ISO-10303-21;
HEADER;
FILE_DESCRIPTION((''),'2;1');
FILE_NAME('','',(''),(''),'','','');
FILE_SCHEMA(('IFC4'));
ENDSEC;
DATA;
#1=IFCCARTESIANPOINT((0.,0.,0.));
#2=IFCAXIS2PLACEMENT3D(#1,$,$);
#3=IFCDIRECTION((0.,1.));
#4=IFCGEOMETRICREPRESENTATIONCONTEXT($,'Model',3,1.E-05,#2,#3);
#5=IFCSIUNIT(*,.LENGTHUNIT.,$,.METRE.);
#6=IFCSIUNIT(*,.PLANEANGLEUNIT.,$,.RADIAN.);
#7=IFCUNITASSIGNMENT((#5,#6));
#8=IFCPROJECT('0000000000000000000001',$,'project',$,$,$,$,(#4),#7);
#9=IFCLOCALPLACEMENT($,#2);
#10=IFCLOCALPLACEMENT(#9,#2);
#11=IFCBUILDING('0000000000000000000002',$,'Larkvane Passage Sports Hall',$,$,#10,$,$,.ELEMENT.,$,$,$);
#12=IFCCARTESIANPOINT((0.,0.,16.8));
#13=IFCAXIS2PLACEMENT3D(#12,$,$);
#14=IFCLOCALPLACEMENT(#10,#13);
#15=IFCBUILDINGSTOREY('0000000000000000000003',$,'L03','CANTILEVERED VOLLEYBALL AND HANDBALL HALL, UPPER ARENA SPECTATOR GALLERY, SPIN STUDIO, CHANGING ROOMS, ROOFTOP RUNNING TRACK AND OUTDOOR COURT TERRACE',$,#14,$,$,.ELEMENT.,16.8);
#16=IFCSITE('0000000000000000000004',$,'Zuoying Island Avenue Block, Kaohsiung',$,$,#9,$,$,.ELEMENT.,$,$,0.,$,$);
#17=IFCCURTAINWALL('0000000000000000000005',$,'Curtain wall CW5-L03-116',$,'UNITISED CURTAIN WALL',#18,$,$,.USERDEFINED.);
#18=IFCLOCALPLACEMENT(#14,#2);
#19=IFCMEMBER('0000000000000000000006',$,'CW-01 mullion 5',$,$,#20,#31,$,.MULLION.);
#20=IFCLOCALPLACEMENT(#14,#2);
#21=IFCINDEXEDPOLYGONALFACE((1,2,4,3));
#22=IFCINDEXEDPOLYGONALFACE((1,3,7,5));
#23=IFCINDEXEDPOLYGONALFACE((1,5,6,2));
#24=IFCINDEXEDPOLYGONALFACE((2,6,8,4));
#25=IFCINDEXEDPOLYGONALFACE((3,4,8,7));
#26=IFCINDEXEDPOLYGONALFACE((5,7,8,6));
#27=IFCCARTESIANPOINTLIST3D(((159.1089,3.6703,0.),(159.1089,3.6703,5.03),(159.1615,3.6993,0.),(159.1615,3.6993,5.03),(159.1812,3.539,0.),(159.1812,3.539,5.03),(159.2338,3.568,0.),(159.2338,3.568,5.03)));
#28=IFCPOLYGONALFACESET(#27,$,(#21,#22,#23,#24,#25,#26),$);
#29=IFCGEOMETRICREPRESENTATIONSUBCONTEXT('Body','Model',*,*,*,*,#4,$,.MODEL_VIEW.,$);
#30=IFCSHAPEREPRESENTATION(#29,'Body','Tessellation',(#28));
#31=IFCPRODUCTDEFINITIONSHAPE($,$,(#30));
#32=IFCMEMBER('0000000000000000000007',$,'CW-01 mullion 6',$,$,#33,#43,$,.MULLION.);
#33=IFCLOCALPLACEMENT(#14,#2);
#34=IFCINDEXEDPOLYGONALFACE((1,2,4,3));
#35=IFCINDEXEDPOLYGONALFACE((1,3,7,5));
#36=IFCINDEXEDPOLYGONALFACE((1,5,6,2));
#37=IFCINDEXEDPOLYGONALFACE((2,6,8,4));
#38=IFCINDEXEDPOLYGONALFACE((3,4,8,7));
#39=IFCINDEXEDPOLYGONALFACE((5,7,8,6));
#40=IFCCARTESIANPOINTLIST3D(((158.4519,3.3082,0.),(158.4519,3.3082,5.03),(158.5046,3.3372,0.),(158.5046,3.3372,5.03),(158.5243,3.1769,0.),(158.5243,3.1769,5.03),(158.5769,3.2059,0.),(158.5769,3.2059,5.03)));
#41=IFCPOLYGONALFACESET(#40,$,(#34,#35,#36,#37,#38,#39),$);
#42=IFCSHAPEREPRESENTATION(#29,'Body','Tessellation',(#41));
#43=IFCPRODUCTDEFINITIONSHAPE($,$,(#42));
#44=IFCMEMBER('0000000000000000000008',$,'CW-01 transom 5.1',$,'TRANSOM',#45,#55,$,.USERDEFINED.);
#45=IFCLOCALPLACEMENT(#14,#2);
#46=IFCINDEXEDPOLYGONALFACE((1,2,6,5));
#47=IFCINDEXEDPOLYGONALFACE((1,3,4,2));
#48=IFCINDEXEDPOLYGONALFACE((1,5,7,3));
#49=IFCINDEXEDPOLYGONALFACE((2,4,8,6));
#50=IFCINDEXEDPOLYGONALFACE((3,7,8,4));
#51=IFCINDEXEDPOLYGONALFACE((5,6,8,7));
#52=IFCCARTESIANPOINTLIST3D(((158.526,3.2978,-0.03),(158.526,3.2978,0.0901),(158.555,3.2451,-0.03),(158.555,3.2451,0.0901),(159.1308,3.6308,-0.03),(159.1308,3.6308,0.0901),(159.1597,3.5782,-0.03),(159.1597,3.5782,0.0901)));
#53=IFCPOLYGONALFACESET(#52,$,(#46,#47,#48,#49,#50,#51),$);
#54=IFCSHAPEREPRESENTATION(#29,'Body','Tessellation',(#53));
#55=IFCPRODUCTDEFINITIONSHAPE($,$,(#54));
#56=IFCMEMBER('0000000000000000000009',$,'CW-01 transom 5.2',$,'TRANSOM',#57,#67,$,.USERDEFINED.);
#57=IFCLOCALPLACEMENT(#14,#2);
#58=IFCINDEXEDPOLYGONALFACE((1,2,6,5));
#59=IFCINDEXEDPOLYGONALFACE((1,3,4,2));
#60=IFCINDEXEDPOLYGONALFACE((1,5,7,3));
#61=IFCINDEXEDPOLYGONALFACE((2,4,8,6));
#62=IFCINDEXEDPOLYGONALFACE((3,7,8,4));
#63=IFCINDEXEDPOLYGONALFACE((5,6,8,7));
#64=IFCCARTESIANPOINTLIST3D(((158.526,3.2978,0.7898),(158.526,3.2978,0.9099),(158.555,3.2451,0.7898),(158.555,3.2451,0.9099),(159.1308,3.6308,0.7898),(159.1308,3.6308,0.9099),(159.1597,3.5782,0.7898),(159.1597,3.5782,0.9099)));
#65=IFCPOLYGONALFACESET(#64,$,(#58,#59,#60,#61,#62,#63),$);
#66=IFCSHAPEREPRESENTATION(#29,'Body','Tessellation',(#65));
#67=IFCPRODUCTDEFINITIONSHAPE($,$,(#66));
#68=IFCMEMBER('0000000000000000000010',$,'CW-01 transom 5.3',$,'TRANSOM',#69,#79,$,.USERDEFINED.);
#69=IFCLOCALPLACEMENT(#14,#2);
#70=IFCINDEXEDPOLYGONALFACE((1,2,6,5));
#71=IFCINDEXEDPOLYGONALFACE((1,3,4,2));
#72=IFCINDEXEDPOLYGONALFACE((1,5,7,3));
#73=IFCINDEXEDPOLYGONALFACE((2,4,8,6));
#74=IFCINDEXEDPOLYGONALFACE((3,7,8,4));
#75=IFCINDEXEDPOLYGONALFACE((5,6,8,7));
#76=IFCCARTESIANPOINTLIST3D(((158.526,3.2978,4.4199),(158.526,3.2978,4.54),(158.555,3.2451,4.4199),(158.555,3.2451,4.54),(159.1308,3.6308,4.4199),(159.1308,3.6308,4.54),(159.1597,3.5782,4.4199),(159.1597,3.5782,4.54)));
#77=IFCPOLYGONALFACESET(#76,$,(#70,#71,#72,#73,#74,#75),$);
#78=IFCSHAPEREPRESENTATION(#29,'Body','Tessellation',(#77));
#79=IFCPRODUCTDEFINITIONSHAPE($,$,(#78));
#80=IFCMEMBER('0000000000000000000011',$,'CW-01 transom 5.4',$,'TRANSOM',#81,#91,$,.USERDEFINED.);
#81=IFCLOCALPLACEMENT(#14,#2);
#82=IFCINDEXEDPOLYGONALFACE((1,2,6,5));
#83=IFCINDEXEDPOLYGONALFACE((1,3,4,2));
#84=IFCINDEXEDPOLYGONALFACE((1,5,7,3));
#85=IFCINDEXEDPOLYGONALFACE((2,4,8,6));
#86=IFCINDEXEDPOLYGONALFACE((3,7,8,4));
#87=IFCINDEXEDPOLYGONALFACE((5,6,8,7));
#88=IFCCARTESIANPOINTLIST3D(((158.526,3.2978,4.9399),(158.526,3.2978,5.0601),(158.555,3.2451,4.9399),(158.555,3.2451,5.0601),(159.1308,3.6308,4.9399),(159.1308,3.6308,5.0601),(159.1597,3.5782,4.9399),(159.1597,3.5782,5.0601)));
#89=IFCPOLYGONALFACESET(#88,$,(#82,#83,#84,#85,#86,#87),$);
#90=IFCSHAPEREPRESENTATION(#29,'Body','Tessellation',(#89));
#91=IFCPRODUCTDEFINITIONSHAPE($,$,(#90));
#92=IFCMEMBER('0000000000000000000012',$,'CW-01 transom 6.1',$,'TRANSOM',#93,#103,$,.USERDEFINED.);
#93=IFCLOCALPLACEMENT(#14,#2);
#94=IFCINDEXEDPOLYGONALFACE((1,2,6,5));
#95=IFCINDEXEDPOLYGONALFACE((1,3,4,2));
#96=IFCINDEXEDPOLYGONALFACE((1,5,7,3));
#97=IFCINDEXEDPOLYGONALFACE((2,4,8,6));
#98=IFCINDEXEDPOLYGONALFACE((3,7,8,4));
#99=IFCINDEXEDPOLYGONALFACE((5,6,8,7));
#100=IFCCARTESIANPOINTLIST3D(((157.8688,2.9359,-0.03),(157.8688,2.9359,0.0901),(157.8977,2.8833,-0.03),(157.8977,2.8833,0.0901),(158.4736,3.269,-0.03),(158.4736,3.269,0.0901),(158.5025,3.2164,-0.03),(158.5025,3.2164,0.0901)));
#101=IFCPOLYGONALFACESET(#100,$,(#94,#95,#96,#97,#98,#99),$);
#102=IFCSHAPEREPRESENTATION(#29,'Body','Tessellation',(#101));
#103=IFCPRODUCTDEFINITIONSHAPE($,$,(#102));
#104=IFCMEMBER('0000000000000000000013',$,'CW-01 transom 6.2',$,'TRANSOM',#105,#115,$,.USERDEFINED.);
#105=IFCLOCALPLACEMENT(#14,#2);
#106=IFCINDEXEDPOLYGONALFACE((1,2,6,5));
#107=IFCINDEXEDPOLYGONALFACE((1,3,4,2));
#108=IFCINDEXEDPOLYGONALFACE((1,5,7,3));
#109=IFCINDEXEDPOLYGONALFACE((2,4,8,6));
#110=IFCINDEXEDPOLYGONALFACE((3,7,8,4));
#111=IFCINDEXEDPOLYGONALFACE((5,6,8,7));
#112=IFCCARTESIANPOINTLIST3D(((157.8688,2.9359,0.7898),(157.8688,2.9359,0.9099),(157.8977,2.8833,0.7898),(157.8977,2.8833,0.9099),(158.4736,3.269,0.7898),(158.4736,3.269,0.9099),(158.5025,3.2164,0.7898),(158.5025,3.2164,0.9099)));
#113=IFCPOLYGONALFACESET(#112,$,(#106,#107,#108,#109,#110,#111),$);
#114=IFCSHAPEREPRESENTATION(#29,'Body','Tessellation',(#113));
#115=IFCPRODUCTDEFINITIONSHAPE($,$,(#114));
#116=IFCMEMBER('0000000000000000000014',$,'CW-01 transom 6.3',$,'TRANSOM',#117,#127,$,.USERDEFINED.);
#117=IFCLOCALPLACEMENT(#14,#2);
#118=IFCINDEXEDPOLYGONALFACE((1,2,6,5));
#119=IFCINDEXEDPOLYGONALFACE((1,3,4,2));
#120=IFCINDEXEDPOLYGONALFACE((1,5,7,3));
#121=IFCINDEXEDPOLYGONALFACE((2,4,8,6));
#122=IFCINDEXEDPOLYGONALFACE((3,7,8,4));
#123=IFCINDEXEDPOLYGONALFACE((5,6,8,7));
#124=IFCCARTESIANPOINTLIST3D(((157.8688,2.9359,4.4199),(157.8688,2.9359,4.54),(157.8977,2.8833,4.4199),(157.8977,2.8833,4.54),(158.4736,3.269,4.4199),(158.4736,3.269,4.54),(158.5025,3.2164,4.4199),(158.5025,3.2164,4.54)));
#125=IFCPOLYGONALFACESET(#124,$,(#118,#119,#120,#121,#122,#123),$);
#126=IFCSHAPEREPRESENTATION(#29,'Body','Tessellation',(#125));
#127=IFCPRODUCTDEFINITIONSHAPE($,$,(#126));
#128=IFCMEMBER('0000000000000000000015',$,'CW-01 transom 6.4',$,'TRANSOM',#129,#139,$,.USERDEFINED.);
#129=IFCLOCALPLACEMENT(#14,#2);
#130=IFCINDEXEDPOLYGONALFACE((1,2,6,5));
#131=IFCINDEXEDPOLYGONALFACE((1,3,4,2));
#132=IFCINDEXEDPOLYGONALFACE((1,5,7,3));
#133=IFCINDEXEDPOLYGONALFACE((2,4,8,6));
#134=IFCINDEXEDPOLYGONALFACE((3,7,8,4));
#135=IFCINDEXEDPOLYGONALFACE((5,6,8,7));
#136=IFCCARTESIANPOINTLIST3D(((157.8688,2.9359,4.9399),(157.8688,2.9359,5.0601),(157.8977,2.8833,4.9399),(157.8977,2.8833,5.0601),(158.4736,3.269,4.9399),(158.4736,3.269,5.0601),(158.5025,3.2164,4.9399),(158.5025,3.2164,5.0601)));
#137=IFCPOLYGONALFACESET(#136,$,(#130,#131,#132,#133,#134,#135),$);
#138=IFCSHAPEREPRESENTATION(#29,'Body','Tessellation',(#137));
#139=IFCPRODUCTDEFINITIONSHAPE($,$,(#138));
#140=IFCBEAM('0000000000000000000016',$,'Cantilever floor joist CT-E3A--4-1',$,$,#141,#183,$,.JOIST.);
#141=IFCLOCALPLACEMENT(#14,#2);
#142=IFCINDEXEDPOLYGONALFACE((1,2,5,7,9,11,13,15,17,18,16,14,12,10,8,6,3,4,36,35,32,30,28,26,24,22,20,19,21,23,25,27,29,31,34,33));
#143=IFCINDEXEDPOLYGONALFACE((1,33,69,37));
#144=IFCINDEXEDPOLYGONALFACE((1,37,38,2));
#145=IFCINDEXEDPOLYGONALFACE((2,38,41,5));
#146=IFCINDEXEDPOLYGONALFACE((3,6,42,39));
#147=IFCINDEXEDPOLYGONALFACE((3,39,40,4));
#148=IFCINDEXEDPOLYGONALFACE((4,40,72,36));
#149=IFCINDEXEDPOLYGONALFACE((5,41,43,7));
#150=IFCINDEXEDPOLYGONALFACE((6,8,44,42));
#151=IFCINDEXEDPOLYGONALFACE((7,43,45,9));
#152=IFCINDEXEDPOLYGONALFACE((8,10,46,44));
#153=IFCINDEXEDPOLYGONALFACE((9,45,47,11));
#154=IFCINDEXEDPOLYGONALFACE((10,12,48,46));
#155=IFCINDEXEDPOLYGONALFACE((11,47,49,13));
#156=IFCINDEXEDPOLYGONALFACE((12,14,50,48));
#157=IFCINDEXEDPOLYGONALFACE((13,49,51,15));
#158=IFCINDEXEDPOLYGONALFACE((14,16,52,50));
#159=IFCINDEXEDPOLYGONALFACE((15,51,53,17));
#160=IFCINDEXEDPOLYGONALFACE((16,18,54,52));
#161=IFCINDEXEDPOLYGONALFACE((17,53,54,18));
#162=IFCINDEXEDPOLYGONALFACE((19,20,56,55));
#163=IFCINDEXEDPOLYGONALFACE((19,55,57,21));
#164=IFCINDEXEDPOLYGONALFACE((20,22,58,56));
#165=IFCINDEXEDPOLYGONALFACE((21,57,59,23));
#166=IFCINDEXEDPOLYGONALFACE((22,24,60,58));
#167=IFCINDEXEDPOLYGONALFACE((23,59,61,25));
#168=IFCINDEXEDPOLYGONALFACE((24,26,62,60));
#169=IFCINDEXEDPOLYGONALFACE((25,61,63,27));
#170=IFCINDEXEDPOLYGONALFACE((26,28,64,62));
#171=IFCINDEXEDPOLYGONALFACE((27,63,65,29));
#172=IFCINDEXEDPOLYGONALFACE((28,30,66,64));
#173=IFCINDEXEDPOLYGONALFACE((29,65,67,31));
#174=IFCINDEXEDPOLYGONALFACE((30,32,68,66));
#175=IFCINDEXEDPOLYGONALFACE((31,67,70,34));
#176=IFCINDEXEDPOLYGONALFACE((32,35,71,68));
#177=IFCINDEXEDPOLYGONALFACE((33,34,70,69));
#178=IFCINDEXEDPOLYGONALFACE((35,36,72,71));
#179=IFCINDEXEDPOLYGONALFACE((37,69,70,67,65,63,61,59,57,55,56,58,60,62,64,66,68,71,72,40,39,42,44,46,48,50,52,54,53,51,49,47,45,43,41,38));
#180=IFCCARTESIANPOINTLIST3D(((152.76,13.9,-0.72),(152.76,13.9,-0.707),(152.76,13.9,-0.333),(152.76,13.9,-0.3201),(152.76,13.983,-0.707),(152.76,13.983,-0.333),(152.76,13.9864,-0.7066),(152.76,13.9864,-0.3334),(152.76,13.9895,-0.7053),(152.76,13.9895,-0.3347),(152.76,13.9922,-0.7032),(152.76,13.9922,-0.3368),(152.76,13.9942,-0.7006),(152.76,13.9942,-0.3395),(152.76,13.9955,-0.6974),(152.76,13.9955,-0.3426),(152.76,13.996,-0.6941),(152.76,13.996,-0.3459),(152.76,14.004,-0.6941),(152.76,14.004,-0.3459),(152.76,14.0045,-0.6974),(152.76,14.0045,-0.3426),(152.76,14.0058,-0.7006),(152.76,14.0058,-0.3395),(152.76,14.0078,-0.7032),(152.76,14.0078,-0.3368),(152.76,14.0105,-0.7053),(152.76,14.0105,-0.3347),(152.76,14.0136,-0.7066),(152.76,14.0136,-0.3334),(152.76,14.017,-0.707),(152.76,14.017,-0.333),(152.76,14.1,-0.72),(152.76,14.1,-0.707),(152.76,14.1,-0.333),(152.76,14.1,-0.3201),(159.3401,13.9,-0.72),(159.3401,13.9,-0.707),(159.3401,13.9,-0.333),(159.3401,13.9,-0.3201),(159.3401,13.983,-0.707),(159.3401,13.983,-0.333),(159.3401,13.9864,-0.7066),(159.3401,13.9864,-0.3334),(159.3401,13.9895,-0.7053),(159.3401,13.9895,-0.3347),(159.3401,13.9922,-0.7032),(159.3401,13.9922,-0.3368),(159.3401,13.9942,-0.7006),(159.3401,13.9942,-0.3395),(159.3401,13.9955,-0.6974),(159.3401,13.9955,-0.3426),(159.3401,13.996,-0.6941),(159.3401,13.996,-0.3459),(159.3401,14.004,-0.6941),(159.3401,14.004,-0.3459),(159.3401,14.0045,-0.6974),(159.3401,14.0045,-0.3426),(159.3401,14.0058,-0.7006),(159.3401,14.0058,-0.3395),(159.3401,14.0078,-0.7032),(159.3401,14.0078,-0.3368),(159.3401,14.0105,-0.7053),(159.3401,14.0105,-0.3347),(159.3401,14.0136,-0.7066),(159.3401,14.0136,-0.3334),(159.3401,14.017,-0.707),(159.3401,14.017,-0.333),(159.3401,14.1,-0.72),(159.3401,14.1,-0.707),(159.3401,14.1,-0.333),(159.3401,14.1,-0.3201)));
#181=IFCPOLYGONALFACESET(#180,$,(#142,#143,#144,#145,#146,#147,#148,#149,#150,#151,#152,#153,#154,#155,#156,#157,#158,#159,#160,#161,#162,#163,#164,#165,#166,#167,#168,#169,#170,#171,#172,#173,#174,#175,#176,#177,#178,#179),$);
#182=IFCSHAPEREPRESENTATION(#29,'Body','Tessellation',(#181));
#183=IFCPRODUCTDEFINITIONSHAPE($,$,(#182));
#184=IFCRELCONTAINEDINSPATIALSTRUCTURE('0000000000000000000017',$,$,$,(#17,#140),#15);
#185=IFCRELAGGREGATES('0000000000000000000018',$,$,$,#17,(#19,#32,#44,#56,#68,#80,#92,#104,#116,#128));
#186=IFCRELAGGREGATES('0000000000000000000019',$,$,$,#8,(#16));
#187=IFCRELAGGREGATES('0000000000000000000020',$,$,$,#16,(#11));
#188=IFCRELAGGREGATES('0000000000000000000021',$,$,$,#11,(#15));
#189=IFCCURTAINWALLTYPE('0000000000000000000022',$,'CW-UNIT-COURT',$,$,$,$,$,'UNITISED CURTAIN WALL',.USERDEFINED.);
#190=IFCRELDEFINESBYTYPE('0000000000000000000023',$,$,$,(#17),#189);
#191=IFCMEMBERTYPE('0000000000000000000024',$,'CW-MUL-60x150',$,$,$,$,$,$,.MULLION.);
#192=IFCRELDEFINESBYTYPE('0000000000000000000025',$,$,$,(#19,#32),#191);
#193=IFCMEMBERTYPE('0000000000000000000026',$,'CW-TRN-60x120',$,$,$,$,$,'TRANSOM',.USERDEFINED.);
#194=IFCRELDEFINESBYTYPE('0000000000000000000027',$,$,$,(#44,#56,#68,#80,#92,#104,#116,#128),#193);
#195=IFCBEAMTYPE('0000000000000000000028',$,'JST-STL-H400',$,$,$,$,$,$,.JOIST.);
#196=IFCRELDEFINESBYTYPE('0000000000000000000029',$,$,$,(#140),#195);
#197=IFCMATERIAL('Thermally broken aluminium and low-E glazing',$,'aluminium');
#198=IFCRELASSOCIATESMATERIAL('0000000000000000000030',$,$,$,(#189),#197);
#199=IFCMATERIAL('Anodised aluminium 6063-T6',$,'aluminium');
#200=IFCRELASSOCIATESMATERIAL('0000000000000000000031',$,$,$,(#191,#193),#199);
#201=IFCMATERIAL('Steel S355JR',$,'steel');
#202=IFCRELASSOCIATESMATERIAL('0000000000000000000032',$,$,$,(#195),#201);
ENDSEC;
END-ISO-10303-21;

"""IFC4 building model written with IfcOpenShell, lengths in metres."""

from ifc_helpers import new_model, si_unit, direction, frame, origin, origin_2d, place, context, subcontext, project, spatial, rectangle, i_section, extrude, material, material_profile, profile_set, type_object, element, aggregate, save


model = new_model("IFC4")

# Units and contexts
model_context = context("Model", 3, precision=1e-05, world=origin(), true_north=direction((0.0, 1.0)))
body_context = subcontext(model_context, "Body", "Model", "MODEL_VIEW")
ifc_project = project(units=[si_unit("LENGTHUNIT", "METRE"), si_unit("PLANEANGLEUNIT", "RADIAN")], contexts=[model_context])

# Site, building, storey
site_placement = place(None, origin())
site = spatial("IfcSite", under=ifc_project, at=site_placement, Name="Zuoying Island Avenue Block, Kaohsiung", CompositionType="ELEMENT", RefElevation=0.0)
building_placement = place(site_placement, origin())
building = spatial("IfcBuilding", under=site, at=building_placement, Name="Larkvane Passage Sports Hall", CompositionType="ELEMENT")
storey_placement = place(building_placement, frame((0.0, 0.0, 16.8)))
storey = spatial("IfcBuildingStorey", under=building, at=storey_placement, Name="L03", Description="CANTILEVERED VOLLEYBALL AND HANDBALL HALL, UPPER ARENA SPECTATOR GALLERY, SPIN STUDIO, CHANGING ROOMS, ROOFTOP RUNNING TRACK AND OUTDOOR COURT TERRACE", CompositionType="ELEMENT", Elevation=16.8)

# Curtain wall, members
ifc_material_1 = material(Name="Thermally broken aluminium and low-E glazing", Category="aluminium")
curtain_wall_type = type_object("IfcCurtainWallType", Name="CW-UNIT-COURT", ElementType="UNITISED CURTAIN WALL", PredefinedType="USERDEFINED", material=ifc_material_1)
curtain_wall_placement = place(storey_placement, origin())
curtain_wall = element("IfcCurtainWall", 1, at=curtain_wall_placement, inside=storey, type_object=curtain_wall_type, Name="Curtain wall CW5-L03-116", ObjectType="UNITISED CURTAIN WALL", PredefinedType="USERDEFINED")
ifc_material_2 = material(Name="Anodised aluminium 6063-T6", Category="aluminium")
ifc_material_profile_1 = material_profile(ifc_material_2, rectangle(XDim=0.0601, YDim=0.1499, at=origin_2d()), Name="ALU-MUL-60x150")
ifc_profile_set_1 = profile_set([ifc_material_profile_1], Name="Anodised aluminium 6063-T6")
member_type_1 = type_object("IfcMemberType", Name="CW-MUL-60x150", PredefinedType="MULLION", material=ifc_profile_set_1)
member_1_placement = place(storey_placement, frame((159.1714, 3.6191, 0.0), z_axis=(0.0, 0.0, 1.0), x_axis=(-0.875942, -0.482416, 0.0)))
member_1 = element("IfcMember", 2, at=member_1_placement, type_object=member_type_1, Name="CW-01 mullion 5", PredefinedType="MULLION", context=body_context, shape_type="SweptSolid", body=[
    extrude(rectangle(XDim=0.0601, YDim=0.1499, at=origin_2d()), origin(), (0.0, 0.0, 1.0), 5.03),
])
member_2_placement = place(storey_placement, frame((158.5144, 3.2571, 0.0), z_axis=(0.0, 0.0, 1.0), x_axis=(-0.875942, -0.482416, 0.0)))
member_2 = element("IfcMember", 3, at=member_2_placement, type_object=member_type_1, Name="CW-01 mullion 6", PredefinedType="MULLION", context=body_context, shape_type="SweptSolid", body=[
    extrude(rectangle(XDim=0.0601, YDim=0.1499, at=origin_2d()), origin(), (0.0, 0.0, 1.0), 5.03),
])
ifc_material_profile_2 = material_profile(ifc_material_2, rectangle(XDim=0.0601, YDim=0.1201, at=origin_2d()), Name="ALU-TRN-60x120")
ifc_profile_set_2 = profile_set([ifc_material_profile_2], Name="Anodised aluminium 6063-T6")
member_type_2 = type_object("IfcMemberType", Name="CW-TRN-60x120", ElementType="TRANSOM", PredefinedType="USERDEFINED", material=ifc_profile_set_2)
member_3_placement = place(storey_placement, frame((159.1453, 3.6045, 0.03), z_axis=(-0.875969, -0.482367, 0.0), x_axis=(0.482367, -0.875969, 0.0)))
member_3 = element("IfcMember", 4, at=member_3_placement, type_object=member_type_2, Name="CW-01 transom 5.1", ObjectType="TRANSOM", PredefinedType="USERDEFINED", context=body_context, shape_type="SweptSolid", body=[
    extrude(rectangle(XDim=0.0601, YDim=0.1201, at=origin_2d()), origin(), (0.0, 0.0, 1.0), 0.6904),
])
member_4_placement = place(storey_placement, frame((159.1453, 3.6045, 0.8499), z_axis=(-0.875969, -0.482367, 0.0), x_axis=(0.482367, -0.875969, 0.0)))
member_4 = element("IfcMember", 5, at=member_4_placement, type_object=member_type_2, Name="CW-01 transom 5.2", ObjectType="TRANSOM", PredefinedType="USERDEFINED", context=body_context, shape_type="SweptSolid", body=[
    extrude(rectangle(XDim=0.0601, YDim=0.1201, at=origin_2d()), origin(), (0.0, 0.0, 1.0), 0.6904),
])
member_5_placement = place(storey_placement, frame((159.1453, 3.6045, 4.48), z_axis=(-0.875969, -0.482367, 0.0), x_axis=(0.482367, -0.875969, 0.0)))
member_5 = element("IfcMember", 6, at=member_5_placement, type_object=member_type_2, Name="CW-01 transom 5.3", ObjectType="TRANSOM", PredefinedType="USERDEFINED", context=body_context, shape_type="SweptSolid", body=[
    extrude(rectangle(XDim=0.0601, YDim=0.1201, at=origin_2d()), origin(), (0.0, 0.0, 1.0), 0.6904),
])
member_6_placement = place(storey_placement, frame((159.1453, 3.6045, 5.0), z_axis=(-0.875969, -0.482367, 0.0), x_axis=(0.482367, -0.875969, 0.0)))
member_6 = element("IfcMember", 7, at=member_6_placement, type_object=member_type_2, Name="CW-01 transom 5.4", ObjectType="TRANSOM", PredefinedType="USERDEFINED", context=body_context, shape_type="SweptSolid", body=[
    extrude(rectangle(XDim=0.0601, YDim=0.1201, at=origin_2d()), origin(), (0.0, 0.0, 1.0), 0.6904),
])
member_7_placement = place(storey_placement, frame((158.488, 3.2427, 0.03), z_axis=(-0.875969, -0.482367, 0.0), x_axis=(0.482367, -0.875969, 0.0)))
member_7 = element("IfcMember", 8, at=member_7_placement, type_object=member_type_2, Name="CW-01 transom 6.1", ObjectType="TRANSOM", PredefinedType="USERDEFINED", context=body_context, shape_type="SweptSolid", body=[
    extrude(rectangle(XDim=0.0601, YDim=0.1201, at=origin_2d()), origin(), (0.0, 0.0, 1.0), 0.6904),
])
member_8_placement = place(storey_placement, frame((158.488, 3.2427, 0.8499), z_axis=(-0.875969, -0.482367, 0.0), x_axis=(0.482367, -0.875969, 0.0)))
member_8 = element("IfcMember", 9, at=member_8_placement, type_object=member_type_2, Name="CW-01 transom 6.2", ObjectType="TRANSOM", PredefinedType="USERDEFINED", context=body_context, shape_type="SweptSolid", body=[
    extrude(rectangle(XDim=0.0601, YDim=0.1201, at=origin_2d()), origin(), (0.0, 0.0, 1.0), 0.6904),
])
member_9_placement = place(storey_placement, frame((158.488, 3.2427, 4.48), z_axis=(-0.875969, -0.482367, 0.0), x_axis=(0.482367, -0.875969, 0.0)))
member_9 = element("IfcMember", 10, at=member_9_placement, type_object=member_type_2, Name="CW-01 transom 6.3", ObjectType="TRANSOM", PredefinedType="USERDEFINED", context=body_context, shape_type="SweptSolid", body=[
    extrude(rectangle(XDim=0.0601, YDim=0.1201, at=origin_2d()), origin(), (0.0, 0.0, 1.0), 0.6904),
])
member_10_placement = place(storey_placement, frame((158.488, 3.2427, 5.0), z_axis=(-0.875969, -0.482367, 0.0), x_axis=(0.482367, -0.875969, 0.0)))
member_10 = element("IfcMember", 11, at=member_10_placement, type_object=member_type_2, Name="CW-01 transom 6.4", ObjectType="TRANSOM", PredefinedType="USERDEFINED", context=body_context, shape_type="SweptSolid", body=[
    extrude(rectangle(XDim=0.0601, YDim=0.1201, at=origin_2d()), origin(), (0.0, 0.0, 1.0), 0.6904),
])

# Beam
ifc_material_3 = material(Name="Steel S355JR", Category="steel")
ifc_material_profile_3 = material_profile(ifc_material_3, i_section(OverallWidth=0.2, OverallDepth=0.3999, WebThickness=0.0081, FlangeThickness=0.0129, FilletRadius=0.0129, at=origin_2d()), Name="H-400x200x8x13")
ifc_profile_set_3 = profile_set([ifc_material_profile_3], Name="Steel S355JR")
beam_type_1 = type_object("IfcBeamType", Name="JST-STL-H400", PredefinedType="JOIST", material=ifc_profile_set_3)
beam_1_placement = place(storey_placement, frame((152.76, 14.0, -0.52), z_axis=(1.0, 0.0, 0.0), x_axis=(0.0, 1.0, 0.0)))
element("IfcBeam", 12, at=beam_1_placement, inside=storey, type_object=beam_type_1, Name="Cantilever floor joist CT-E3A--4-1", PredefinedType="JOIST", context=body_context, shape_type="SweptSolid", body=[
    extrude(i_section(OverallWidth=0.2, OverallDepth=0.3999, WebThickness=0.0081, FlangeThickness=0.0129, FilletRadius=0.0129, at=origin_2d()), origin(), (0.0, 0.0, 1.0), 6.5801),
])

aggregate(curtain_wall, [member_1, member_2, member_3, member_4, member_5, member_6, member_7, member_8, member_9, member_10])

save(model, "model.ifc")
